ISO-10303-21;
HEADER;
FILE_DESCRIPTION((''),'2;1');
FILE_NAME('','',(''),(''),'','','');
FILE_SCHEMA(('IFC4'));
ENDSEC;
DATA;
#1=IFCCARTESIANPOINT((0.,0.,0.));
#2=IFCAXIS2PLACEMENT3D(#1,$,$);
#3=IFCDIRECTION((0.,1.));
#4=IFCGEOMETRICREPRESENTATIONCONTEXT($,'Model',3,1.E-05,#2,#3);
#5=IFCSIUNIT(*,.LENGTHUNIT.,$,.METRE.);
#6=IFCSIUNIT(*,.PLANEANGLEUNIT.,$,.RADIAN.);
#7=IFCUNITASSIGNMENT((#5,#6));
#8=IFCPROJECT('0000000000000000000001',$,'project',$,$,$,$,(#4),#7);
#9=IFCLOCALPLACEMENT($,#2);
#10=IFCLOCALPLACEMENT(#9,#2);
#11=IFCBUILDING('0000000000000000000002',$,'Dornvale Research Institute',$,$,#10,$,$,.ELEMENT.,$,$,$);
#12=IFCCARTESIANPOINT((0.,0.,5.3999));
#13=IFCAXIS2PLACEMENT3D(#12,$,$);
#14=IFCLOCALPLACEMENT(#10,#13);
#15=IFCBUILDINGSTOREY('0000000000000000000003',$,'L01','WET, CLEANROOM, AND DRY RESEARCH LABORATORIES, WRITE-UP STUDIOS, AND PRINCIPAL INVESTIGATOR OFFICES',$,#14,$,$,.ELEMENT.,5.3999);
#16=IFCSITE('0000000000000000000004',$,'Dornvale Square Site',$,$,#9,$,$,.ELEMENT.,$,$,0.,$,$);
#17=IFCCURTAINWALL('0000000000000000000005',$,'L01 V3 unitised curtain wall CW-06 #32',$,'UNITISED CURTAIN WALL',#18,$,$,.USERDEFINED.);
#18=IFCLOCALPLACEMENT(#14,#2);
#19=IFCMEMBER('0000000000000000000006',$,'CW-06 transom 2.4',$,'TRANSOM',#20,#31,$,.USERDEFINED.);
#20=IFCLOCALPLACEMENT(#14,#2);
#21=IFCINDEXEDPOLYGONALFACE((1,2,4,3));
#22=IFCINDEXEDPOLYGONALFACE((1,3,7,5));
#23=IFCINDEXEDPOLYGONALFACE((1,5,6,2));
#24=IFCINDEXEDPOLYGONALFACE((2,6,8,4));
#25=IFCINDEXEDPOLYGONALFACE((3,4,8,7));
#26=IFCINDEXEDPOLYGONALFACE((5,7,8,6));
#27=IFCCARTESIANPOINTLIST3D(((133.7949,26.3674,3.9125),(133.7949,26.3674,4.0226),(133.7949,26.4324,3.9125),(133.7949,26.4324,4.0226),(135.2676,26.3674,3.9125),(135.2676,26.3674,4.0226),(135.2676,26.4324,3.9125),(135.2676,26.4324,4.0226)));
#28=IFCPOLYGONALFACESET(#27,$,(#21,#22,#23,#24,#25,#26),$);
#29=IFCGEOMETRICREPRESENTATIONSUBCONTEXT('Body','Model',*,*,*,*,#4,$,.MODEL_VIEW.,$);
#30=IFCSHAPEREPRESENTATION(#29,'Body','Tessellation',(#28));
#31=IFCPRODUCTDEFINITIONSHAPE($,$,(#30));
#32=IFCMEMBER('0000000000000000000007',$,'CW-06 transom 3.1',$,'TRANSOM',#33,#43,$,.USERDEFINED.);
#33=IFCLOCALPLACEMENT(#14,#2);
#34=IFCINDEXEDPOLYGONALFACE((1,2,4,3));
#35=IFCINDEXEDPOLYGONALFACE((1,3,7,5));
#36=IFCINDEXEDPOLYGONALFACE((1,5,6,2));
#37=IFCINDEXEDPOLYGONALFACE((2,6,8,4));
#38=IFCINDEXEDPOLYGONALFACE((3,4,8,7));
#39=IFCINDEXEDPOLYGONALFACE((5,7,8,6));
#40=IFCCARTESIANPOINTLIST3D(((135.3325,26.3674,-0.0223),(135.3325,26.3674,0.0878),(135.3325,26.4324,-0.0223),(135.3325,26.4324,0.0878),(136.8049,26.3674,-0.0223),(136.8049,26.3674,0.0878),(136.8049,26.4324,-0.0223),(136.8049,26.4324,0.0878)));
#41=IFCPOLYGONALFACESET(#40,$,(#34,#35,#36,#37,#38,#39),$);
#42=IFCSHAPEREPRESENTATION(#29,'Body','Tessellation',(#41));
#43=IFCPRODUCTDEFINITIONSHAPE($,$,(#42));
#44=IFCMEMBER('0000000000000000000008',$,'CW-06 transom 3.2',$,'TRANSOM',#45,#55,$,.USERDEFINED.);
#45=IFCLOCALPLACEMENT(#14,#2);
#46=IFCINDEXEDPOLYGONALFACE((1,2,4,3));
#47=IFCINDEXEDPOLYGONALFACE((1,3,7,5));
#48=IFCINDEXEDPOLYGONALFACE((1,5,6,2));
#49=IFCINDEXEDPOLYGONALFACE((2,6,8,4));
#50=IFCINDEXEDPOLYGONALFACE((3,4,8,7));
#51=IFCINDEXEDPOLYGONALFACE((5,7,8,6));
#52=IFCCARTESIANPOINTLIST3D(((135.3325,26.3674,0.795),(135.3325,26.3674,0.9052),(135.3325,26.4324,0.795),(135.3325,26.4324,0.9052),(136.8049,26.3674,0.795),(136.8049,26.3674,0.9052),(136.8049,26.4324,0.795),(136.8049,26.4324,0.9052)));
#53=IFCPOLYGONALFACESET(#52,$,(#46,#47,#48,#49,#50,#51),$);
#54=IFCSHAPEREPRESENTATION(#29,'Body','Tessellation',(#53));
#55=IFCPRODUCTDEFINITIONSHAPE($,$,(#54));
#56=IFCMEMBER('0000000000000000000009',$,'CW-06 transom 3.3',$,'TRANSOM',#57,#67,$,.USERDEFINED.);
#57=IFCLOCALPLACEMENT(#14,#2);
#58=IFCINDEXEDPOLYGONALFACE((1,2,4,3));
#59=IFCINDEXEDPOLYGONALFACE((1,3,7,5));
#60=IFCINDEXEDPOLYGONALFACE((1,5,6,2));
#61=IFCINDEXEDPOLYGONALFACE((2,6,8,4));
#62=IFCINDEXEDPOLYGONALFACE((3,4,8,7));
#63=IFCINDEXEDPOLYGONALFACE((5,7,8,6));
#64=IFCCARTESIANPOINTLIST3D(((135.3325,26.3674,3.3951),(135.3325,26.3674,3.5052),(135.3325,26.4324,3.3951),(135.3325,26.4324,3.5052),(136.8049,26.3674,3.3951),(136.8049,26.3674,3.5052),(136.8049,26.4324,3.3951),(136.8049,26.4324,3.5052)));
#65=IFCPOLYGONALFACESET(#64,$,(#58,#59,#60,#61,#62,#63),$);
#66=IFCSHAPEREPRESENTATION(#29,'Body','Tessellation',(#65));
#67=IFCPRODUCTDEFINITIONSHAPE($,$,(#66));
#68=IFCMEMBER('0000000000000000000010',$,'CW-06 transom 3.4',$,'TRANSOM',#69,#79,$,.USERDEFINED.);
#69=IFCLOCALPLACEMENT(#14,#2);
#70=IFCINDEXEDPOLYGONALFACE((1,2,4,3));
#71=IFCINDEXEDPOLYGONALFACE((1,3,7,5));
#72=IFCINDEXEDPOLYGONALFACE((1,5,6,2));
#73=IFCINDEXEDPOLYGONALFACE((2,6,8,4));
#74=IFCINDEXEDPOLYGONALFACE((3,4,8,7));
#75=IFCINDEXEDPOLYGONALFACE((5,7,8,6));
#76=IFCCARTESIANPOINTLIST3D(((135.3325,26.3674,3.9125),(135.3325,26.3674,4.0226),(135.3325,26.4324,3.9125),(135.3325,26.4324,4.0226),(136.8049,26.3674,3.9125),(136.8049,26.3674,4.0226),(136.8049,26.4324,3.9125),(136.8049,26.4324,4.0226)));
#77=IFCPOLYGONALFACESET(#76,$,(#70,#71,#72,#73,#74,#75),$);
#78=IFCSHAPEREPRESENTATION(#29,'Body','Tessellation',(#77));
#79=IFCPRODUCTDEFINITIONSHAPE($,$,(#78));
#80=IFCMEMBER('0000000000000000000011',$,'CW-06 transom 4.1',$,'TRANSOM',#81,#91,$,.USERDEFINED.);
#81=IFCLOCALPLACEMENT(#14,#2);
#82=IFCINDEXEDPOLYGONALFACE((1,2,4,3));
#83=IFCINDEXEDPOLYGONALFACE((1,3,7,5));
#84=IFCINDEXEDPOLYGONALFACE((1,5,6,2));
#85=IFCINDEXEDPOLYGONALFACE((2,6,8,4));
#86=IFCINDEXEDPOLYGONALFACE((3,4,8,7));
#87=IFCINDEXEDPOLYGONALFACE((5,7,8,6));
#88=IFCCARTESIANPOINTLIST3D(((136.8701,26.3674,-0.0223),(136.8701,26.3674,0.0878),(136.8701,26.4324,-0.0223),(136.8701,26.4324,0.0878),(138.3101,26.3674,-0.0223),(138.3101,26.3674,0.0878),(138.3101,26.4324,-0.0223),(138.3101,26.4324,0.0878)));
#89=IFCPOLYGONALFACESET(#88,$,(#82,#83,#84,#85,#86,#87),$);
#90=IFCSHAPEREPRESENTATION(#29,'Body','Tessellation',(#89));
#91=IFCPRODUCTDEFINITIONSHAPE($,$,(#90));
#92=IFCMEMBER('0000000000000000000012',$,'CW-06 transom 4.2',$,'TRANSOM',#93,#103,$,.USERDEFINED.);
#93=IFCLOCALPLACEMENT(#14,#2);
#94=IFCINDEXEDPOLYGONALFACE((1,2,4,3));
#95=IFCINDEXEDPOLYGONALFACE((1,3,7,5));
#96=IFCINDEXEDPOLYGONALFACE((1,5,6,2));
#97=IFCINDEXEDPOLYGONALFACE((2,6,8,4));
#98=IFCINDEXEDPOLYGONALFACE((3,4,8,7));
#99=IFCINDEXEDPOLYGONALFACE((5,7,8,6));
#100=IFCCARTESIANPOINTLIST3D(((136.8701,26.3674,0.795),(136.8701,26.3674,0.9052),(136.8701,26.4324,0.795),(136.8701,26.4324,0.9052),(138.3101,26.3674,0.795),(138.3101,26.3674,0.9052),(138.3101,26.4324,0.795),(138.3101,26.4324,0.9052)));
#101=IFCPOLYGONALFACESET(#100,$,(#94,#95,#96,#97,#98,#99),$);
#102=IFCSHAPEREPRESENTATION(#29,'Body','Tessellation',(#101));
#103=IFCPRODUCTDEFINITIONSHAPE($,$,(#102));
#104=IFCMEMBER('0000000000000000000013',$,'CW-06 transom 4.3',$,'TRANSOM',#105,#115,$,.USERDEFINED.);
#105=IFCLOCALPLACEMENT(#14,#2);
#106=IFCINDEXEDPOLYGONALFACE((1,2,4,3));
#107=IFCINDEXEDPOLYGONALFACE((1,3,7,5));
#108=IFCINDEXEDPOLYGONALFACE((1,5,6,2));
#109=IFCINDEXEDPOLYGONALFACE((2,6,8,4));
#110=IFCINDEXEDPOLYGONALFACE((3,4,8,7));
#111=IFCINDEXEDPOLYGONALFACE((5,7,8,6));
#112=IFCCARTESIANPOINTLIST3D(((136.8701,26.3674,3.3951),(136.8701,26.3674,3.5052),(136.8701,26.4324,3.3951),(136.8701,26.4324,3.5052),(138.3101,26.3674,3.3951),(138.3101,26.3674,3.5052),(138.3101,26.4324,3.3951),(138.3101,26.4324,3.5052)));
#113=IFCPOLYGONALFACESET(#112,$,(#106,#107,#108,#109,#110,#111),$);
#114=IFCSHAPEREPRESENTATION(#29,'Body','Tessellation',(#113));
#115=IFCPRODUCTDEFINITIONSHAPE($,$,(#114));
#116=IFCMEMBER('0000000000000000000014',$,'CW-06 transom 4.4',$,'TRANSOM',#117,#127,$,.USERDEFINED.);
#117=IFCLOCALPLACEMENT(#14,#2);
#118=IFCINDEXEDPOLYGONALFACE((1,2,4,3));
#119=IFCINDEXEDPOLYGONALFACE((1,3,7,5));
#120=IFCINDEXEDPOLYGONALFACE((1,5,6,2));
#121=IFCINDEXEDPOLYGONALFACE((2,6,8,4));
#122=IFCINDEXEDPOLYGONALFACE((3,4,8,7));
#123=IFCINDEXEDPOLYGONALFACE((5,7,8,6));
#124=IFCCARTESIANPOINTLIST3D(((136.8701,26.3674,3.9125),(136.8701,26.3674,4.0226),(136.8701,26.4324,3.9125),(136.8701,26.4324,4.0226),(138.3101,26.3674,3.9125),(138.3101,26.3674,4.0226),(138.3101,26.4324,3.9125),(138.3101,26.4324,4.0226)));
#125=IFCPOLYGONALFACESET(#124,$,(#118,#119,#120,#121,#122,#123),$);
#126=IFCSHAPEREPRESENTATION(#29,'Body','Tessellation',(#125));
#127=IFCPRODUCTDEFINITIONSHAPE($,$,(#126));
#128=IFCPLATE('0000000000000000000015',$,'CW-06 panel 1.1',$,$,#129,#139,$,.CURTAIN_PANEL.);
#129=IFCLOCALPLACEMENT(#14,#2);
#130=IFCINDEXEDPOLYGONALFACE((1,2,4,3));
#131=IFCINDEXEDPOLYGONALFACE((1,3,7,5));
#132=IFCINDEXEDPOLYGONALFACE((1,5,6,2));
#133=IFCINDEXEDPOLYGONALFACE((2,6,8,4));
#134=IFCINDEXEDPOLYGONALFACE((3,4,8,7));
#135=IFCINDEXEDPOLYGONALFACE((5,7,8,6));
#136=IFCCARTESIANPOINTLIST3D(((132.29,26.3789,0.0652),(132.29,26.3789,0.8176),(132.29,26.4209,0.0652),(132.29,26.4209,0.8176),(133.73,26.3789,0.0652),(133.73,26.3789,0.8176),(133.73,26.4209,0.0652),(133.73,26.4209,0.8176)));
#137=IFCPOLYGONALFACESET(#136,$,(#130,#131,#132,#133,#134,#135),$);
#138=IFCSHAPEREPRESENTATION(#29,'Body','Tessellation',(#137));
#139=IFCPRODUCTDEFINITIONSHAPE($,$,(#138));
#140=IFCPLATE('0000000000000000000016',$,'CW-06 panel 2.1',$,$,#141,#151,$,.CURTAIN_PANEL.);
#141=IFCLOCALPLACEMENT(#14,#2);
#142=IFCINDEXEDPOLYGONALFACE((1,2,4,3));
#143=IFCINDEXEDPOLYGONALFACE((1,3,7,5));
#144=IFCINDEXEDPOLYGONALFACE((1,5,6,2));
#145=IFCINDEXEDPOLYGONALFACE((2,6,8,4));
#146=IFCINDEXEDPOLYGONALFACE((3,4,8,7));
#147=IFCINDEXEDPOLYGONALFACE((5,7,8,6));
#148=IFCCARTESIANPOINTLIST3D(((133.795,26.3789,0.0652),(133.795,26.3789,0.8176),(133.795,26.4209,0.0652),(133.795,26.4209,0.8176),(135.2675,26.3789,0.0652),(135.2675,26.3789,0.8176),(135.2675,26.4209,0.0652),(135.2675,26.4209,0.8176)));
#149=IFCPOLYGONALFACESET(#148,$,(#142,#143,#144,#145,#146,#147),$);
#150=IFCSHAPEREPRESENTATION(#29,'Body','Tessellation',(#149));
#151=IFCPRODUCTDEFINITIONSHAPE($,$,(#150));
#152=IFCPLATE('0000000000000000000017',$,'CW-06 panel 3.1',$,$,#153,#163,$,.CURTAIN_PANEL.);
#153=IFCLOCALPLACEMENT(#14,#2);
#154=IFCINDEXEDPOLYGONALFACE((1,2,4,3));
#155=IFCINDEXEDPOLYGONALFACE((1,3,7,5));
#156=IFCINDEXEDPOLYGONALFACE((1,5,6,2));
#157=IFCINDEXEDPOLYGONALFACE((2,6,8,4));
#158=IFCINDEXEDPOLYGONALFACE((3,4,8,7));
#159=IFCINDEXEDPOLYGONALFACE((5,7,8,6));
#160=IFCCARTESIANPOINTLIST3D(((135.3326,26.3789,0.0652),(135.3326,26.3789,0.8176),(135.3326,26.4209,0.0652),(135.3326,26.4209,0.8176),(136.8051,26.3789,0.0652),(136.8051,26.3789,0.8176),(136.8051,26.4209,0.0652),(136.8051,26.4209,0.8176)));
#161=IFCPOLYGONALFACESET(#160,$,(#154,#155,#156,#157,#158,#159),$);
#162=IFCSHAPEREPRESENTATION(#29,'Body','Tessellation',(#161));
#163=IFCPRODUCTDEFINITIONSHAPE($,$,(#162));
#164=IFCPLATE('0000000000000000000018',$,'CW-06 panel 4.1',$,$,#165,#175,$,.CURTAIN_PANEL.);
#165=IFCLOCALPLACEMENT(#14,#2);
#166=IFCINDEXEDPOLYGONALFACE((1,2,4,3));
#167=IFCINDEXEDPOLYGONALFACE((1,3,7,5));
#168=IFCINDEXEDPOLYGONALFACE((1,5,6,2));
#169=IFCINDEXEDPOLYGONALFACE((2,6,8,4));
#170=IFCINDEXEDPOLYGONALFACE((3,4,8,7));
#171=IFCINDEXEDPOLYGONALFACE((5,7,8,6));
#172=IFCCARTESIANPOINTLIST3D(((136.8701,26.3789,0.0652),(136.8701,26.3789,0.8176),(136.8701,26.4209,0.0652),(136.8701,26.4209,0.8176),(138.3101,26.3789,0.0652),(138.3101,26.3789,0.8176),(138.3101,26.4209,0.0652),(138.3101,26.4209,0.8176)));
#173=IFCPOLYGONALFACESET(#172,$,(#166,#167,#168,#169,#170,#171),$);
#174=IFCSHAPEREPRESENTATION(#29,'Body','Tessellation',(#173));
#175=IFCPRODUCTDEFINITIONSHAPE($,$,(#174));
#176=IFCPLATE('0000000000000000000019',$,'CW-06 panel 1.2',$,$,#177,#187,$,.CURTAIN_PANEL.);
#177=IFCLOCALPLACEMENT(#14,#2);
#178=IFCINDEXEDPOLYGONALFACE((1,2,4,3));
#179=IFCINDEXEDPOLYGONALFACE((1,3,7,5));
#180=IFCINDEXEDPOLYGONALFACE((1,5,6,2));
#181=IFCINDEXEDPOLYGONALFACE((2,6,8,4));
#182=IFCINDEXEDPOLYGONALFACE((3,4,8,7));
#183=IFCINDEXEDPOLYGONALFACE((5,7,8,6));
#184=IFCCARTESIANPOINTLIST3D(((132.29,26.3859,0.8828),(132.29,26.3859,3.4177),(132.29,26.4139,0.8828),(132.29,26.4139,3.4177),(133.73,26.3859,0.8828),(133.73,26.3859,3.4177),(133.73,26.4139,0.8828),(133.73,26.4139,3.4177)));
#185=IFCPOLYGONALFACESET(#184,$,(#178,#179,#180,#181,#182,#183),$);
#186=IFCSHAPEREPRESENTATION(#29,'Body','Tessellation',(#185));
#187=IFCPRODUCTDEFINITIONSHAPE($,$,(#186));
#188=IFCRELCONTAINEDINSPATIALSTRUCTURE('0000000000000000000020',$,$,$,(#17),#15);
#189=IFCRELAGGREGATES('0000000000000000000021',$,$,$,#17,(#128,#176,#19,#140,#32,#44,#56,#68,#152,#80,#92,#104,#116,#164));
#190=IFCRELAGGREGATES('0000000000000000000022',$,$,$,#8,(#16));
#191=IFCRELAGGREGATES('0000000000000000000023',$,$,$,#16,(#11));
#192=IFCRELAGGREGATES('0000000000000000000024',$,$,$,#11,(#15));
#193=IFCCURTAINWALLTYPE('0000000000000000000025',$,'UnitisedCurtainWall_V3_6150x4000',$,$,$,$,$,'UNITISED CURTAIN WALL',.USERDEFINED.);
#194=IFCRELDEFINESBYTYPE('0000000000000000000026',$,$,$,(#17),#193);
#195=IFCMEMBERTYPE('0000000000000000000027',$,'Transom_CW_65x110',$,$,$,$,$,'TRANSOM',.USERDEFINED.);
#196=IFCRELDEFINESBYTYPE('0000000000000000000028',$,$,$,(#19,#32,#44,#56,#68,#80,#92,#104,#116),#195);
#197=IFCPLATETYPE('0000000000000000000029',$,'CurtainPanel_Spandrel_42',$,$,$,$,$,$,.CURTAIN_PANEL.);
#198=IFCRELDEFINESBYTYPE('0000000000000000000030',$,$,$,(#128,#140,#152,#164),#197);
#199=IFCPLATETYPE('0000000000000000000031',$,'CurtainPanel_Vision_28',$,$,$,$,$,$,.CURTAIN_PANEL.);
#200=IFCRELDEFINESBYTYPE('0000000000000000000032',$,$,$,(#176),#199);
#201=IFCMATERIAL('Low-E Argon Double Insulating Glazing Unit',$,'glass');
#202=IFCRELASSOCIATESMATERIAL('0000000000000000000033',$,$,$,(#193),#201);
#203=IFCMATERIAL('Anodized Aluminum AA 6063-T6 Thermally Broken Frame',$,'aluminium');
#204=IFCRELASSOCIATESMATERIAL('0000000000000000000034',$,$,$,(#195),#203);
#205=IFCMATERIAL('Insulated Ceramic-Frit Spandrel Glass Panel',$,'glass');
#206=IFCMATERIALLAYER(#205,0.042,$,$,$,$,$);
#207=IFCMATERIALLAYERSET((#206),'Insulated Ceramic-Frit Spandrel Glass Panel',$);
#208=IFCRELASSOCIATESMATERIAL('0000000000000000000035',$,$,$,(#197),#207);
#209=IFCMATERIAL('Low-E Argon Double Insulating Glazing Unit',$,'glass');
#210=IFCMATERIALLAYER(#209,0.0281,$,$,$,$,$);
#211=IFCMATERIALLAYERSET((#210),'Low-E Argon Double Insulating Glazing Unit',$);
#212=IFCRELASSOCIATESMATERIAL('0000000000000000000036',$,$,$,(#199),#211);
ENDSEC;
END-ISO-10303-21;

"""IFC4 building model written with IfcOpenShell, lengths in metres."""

from ifc_helpers import new_model, si_unit, direction, frame, origin, origin_2d, place, context, subcontext, project, spatial, rectangle, extrude, material, layer, layer_set, material_profile, profile_set, type_object, element, aggregate, save


model = new_model("IFC4")

# Units and contexts
model_context = context("Model", 3, precision=1e-05, world=origin(), true_north=direction((0.0, 1.0)))
body_context = subcontext(model_context, "Body", "Model", "MODEL_VIEW")
ifc_project = project(units=[si_unit("LENGTHUNIT", "METRE"), si_unit("PLANEANGLEUNIT", "RADIAN")], contexts=[model_context])

# Site, building, storey
site_placement = place(None, origin())
site = spatial("IfcSite", under=ifc_project, at=site_placement, Name="Dornvale Square Site", CompositionType="ELEMENT", RefElevation=0.0)
building_placement = place(site_placement, origin())
building = spatial("IfcBuilding", under=site, at=building_placement, Name="Dornvale Research Institute", CompositionType="ELEMENT")
storey_placement = place(building_placement, frame((0.0, 0.0, 5.3999)))
storey = spatial("IfcBuildingStorey", under=building, at=storey_placement, Name="L01", Description="WET, CLEANROOM, AND DRY RESEARCH LABORATORIES, WRITE-UP STUDIOS, AND PRINCIPAL INVESTIGATOR OFFICES", CompositionType="ELEMENT", Elevation=5.3999)

# Curtain wall
ifc_material_1 = material(Name="Low-E Argon Double Insulating Glazing Unit", Category="glass")
curtain_wall_type = type_object("IfcCurtainWallType", Name="UnitisedCurtainWall_V3_6150x4000", ElementType="UNITISED CURTAIN WALL", PredefinedType="USERDEFINED", material=ifc_material_1)
curtain_wall_placement = place(storey_placement, origin())
curtain_wall = element("IfcCurtainWall", 1, at=curtain_wall_placement, inside=storey, type_object=curtain_wall_type, Name="L01 V3 unitised curtain wall CW-06 #32", ObjectType="UNITISED CURTAIN WALL", PredefinedType="USERDEFINED")

# Members
ifc_material_2 = material(Name="Anodized Aluminum AA 6063-T6 Thermally Broken Frame", Category="aluminium")
ifc_material_profile_1 = material_profile(ifc_material_2, rectangle(XDim=0.0649, YDim=0.1101, at=origin_2d()), Name="ALU TRANSOM 65x110")
ifc_profile_set_1 = profile_set([ifc_material_profile_1], Name="Anodized Aluminum AA 6063-T6 Thermally Broken Frame")
member_type_1 = type_object("IfcMemberType", Name="Transom_CW_65x110", ElementType="TRANSOM", PredefinedType="USERDEFINED", material=ifc_profile_set_1)
member_1_placement = place(storey_placement, frame((133.7949, 26.3999, 3.9675), z_axis=(1.0, 0.0, 0.0), x_axis=(0.0, 1.0, 0.0)))
member_1 = element("IfcMember", 2, at=member_1_placement, type_object=member_type_1, Name="CW-06 transom 2.4", ObjectType="TRANSOM", PredefinedType="USERDEFINED", context=body_context, shape_type="SweptSolid", body=[
    extrude(rectangle(XDim=0.0649, YDim=0.1101, at=origin_2d()), origin(), (0.0, 0.0, 1.0), 1.4727),
])
member_2_placement = place(storey_placement, frame((135.3325, 26.3999, 0.0327), z_axis=(1.0, 0.0, 0.0), x_axis=(0.0, 1.0, 0.0)))
member_2 = element("IfcMember", 3, at=member_2_placement, type_object=member_type_1, Name="CW-06 transom 3.1", ObjectType="TRANSOM", PredefinedType="USERDEFINED", context=body_context, shape_type="SweptSolid", body=[
    extrude(rectangle(XDim=0.0649, YDim=0.1101, at=origin_2d()), origin(), (0.0, 0.0, 1.0), 1.4724),
])
member_3_placement = place(storey_placement, frame((135.3325, 26.3999, 0.8501), z_axis=(1.0, 0.0, 0.0), x_axis=(0.0, 1.0, 0.0)))
member_3 = element("IfcMember", 4, at=member_3_placement, type_object=member_type_1, Name="CW-06 transom 3.2", ObjectType="TRANSOM", PredefinedType="USERDEFINED", context=body_context, shape_type="SweptSolid", body=[
    extrude(rectangle(XDim=0.0649, YDim=0.1101, at=origin_2d()), origin(), (0.0, 0.0, 1.0), 1.4724),
])
member_4_placement = place(storey_placement, frame((135.3325, 26.3999, 3.4502), z_axis=(1.0, 0.0, 0.0), x_axis=(0.0, 1.0, 0.0)))
member_4 = element("IfcMember", 5, at=member_4_placement, type_object=member_type_1, Name="CW-06 transom 3.3", ObjectType="TRANSOM", PredefinedType="USERDEFINED", context=body_context, shape_type="SweptSolid", body=[
    extrude(rectangle(XDim=0.0649, YDim=0.1101, at=origin_2d()), origin(), (0.0, 0.0, 1.0), 1.4724),
])
member_5_placement = place(storey_placement, frame((135.3325, 26.3999, 3.9675), z_axis=(1.0, 0.0, 0.0), x_axis=(0.0, 1.0, 0.0)))
member_5 = element("IfcMember", 6, at=member_5_placement, type_object=member_type_1, Name="CW-06 transom 3.4", ObjectType="TRANSOM", PredefinedType="USERDEFINED", context=body_context, shape_type="SweptSolid", body=[
    extrude(rectangle(XDim=0.0649, YDim=0.1101, at=origin_2d()), origin(), (0.0, 0.0, 1.0), 1.4724),
])
member_6_placement = place(storey_placement, frame((136.8701, 26.3999, 0.0327), z_axis=(1.0, 0.0, 0.0), x_axis=(0.0, 1.0, 0.0)))
member_6 = element("IfcMember", 7, at=member_6_placement, type_object=member_type_1, Name="CW-06 transom 4.1", ObjectType="TRANSOM", PredefinedType="USERDEFINED", context=body_context, shape_type="SweptSolid", body=[
    extrude(rectangle(XDim=0.0649, YDim=0.1101, at=origin_2d()), origin(), (0.0, 0.0, 1.0), 1.4399),
])
member_7_placement = place(storey_placement, frame((136.8701, 26.3999, 0.8501), z_axis=(1.0, 0.0, 0.0), x_axis=(0.0, 1.0, 0.0)))
member_7 = element("IfcMember", 8, at=member_7_placement, type_object=member_type_1, Name="CW-06 transom 4.2", ObjectType="TRANSOM", PredefinedType="USERDEFINED", context=body_context, shape_type="SweptSolid", body=[
    extrude(rectangle(XDim=0.0649, YDim=0.1101, at=origin_2d()), origin(), (0.0, 0.0, 1.0), 1.4399),
])
member_8_placement = place(storey_placement, frame((136.8701, 26.3999, 3.4502), z_axis=(1.0, 0.0, 0.0), x_axis=(0.0, 1.0, 0.0)))
member_8 = element("IfcMember", 9, at=member_8_placement, type_object=member_type_1, Name="CW-06 transom 4.3", ObjectType="TRANSOM", PredefinedType="USERDEFINED", context=body_context, shape_type="SweptSolid", body=[
    extrude(rectangle(XDim=0.0649, YDim=0.1101, at=origin_2d()), origin(), (0.0, 0.0, 1.0), 1.4399),
])
member_9_placement = place(storey_placement, frame((136.8701, 26.3999, 3.9675), z_axis=(1.0, 0.0, 0.0), x_axis=(0.0, 1.0, 0.0)))
member_9 = element("IfcMember", 10, at=member_9_placement, type_object=member_type_1, Name="CW-06 transom 4.4", ObjectType="TRANSOM", PredefinedType="USERDEFINED", context=body_context, shape_type="SweptSolid", body=[
    extrude(rectangle(XDim=0.0649, YDim=0.1101, at=origin_2d()), origin(), (0.0, 0.0, 1.0), 1.4399),
])

# Plates
ifc_material_3 = material(Name="Insulated Ceramic-Frit Spandrel Glass Panel", Category="glass")
ifc_layer_1 = layer(ifc_material_3, 0.042)
ifc_layer_set_1 = layer_set([ifc_layer_1], Name="Insulated Ceramic-Frit Spandrel Glass Panel")
plate_type_1 = type_object("IfcPlateType", Name="CurtainPanel_Spandrel_42", PredefinedType="CURTAIN_PANEL", material=ifc_layer_set_1)
plate_1_placement = place(storey_placement, frame((133.01, 26.3999, 0.0652), z_axis=(0.0, 0.0, 1.0), x_axis=(1.0, 0.0, 0.0)))
plate_1 = element("IfcPlate", 11, at=plate_1_placement, type_object=plate_type_1, Name="CW-06 panel 1.1", PredefinedType="CURTAIN_PANEL", context=body_context, shape_type="SweptSolid", body=[
    extrude(rectangle(XDim=1.4399, YDim=0.042, at=origin_2d()), origin(), (0.0, 0.0, 1.0), 0.7524),
])
plate_2_placement = place(storey_placement, frame((134.5312, 26.3999, 0.0652), z_axis=(0.0, 0.0, 1.0), x_axis=(1.0, 0.0, 0.0)))
plate_2 = element("IfcPlate", 12, at=plate_2_placement, type_object=plate_type_1, Name="CW-06 panel 2.1", PredefinedType="CURTAIN_PANEL", context=body_context, shape_type="SweptSolid", body=[
    extrude(rectangle(XDim=1.4724, YDim=0.042, at=origin_2d()), origin(), (0.0, 0.0, 1.0), 0.7524),
])
plate_3_placement = place(storey_placement, frame((136.0688, 26.3999, 0.0652), z_axis=(0.0, 0.0, 1.0), x_axis=(1.0, 0.0, 0.0)))
plate_3 = element("IfcPlate", 13, at=plate_3_placement, type_object=plate_type_1, Name="CW-06 panel 3.1", PredefinedType="CURTAIN_PANEL", context=body_context, shape_type="SweptSolid", body=[
    extrude(rectangle(XDim=1.4724, YDim=0.042, at=origin_2d()), origin(), (0.0, 0.0, 1.0), 0.7524),
])
plate_4_placement = place(storey_placement, frame((137.5901, 26.3999, 0.0652), z_axis=(0.0, 0.0, 1.0), x_axis=(1.0, 0.0, 0.0)))
plate_4 = element("IfcPlate", 14, at=plate_4_placement, type_object=plate_type_1, Name="CW-06 panel 4.1", PredefinedType="CURTAIN_PANEL", context=body_context, shape_type="SweptSolid", body=[
    extrude(rectangle(XDim=1.4399, YDim=0.042, at=origin_2d()), origin(), (0.0, 0.0, 1.0), 0.7524),
])
ifc_material_4 = material(Name="Low-E Argon Double Insulating Glazing Unit", Category="glass")
ifc_layer_2 = layer(ifc_material_4, 0.0281)
ifc_layer_set_2 = layer_set([ifc_layer_2], Name="Low-E Argon Double Insulating Glazing Unit")
plate_type_2 = type_object("IfcPlateType", Name="CurtainPanel_Vision_28", PredefinedType="CURTAIN_PANEL", material=ifc_layer_set_2)
plate_5_placement = place(storey_placement, frame((133.01, 26.3999, 0.8828), z_axis=(0.0, 0.0, 1.0), x_axis=(1.0, 0.0, 0.0)))
plate_5 = element("IfcPlate", 15, at=plate_5_placement, type_object=plate_type_2, Name="CW-06 panel 1.2", PredefinedType="CURTAIN_PANEL", context=body_context, shape_type="SweptSolid", body=[
    extrude(rectangle(XDim=1.4399, YDim=0.0281, at=origin_2d()), origin(), (0.0, 0.0, 1.0), 2.5349),
])
aggregate(curtain_wall, [plate_1, plate_5, member_1, plate_2, member_2, member_3, member_4, member_5, plate_3, member_6, member_7, member_8, member_9, plate_4])

save(model, "model.ifc")
